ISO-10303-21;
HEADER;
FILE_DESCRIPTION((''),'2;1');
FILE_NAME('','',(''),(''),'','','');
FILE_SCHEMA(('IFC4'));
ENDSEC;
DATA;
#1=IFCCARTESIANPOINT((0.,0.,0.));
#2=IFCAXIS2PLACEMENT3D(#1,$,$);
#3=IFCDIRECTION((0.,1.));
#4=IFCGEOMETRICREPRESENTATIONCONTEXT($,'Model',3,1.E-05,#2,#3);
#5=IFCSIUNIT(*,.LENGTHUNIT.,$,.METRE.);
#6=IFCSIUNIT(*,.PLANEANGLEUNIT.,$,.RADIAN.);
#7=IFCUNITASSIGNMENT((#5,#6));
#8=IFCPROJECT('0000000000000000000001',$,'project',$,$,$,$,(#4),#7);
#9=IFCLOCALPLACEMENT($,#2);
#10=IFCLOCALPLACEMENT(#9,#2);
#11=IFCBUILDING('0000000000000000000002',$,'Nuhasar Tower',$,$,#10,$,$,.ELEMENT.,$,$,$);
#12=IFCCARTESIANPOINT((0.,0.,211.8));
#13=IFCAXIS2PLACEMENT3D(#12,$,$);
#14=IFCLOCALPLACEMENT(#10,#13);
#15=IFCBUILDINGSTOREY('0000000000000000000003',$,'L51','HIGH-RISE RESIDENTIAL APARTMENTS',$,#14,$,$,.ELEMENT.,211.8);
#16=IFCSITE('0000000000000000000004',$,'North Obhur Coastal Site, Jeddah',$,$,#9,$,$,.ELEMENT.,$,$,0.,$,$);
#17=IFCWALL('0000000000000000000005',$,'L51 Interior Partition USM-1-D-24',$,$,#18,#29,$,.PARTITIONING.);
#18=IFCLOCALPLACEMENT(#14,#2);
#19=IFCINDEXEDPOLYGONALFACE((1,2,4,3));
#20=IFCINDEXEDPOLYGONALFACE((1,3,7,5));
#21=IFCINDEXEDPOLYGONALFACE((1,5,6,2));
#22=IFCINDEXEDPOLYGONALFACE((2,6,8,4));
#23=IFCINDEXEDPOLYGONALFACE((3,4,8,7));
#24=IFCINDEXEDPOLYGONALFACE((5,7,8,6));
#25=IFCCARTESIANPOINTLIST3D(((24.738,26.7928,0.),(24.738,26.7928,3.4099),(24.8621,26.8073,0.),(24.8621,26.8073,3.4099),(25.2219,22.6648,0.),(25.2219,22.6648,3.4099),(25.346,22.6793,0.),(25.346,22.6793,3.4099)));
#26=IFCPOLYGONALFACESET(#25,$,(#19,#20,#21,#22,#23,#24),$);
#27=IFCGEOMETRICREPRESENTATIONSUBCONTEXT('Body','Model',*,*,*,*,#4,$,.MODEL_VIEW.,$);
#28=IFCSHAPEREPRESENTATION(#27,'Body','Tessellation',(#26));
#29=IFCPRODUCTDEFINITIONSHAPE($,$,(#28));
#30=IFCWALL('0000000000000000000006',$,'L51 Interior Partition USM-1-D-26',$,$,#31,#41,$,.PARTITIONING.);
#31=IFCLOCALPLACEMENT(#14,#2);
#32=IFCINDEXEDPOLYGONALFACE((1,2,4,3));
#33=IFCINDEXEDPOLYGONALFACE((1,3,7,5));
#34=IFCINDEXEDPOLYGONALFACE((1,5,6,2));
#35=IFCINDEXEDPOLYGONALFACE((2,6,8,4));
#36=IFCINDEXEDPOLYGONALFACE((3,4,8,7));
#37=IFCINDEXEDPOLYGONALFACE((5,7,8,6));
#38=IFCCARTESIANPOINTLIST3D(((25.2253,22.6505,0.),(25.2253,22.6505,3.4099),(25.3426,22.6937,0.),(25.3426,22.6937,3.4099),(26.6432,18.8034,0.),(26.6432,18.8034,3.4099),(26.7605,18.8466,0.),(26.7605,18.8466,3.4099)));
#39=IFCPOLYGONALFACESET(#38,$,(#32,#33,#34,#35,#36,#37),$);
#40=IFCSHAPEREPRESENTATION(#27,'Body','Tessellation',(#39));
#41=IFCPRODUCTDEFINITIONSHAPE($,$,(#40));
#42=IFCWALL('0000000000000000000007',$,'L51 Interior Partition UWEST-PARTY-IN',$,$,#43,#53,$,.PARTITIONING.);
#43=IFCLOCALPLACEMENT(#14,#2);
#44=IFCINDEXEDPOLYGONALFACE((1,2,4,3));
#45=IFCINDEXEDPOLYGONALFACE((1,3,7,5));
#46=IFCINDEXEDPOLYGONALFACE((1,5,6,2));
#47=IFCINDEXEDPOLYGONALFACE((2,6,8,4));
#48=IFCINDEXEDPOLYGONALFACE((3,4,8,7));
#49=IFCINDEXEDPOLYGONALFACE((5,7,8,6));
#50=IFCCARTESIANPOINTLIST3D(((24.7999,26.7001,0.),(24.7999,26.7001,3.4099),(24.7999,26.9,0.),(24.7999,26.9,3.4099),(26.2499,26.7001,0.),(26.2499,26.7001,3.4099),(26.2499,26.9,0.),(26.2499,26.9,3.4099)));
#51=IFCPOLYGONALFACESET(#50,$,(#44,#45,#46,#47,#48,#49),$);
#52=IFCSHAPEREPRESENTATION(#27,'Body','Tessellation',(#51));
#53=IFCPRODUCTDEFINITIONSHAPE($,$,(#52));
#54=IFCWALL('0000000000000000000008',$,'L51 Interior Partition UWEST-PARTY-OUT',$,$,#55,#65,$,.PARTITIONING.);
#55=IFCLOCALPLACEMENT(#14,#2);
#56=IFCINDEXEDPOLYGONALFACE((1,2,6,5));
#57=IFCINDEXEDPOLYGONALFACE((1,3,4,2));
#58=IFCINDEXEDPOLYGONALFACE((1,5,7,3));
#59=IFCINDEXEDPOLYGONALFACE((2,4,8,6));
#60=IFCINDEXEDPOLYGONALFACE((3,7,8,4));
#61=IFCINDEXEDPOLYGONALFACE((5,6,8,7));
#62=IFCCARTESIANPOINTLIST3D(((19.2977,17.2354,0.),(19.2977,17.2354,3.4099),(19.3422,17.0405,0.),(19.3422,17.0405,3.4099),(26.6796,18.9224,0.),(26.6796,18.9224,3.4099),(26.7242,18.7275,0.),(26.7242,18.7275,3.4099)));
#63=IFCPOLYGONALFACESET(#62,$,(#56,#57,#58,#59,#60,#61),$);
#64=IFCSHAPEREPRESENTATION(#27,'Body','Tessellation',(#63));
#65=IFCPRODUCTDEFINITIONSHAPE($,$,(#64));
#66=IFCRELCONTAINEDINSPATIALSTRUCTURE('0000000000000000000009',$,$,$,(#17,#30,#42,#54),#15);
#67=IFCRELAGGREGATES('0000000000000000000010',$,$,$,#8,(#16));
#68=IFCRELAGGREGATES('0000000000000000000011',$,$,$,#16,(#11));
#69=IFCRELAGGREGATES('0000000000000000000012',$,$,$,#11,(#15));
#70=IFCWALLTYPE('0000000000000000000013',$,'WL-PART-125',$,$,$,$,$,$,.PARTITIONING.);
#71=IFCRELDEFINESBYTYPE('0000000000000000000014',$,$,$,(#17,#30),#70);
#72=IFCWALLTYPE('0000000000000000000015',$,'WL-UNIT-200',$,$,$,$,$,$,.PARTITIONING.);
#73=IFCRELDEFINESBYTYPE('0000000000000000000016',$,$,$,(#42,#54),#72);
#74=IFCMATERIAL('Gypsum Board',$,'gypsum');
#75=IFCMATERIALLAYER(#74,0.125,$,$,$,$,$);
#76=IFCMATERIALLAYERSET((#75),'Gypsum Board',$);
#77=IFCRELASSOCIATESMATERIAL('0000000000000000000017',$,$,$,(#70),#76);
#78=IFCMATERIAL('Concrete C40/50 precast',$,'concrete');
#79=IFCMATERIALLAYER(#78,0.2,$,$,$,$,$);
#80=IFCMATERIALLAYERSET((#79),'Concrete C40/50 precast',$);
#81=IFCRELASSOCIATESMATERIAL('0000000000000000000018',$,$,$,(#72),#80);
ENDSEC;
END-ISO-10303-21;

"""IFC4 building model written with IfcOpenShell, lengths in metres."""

from ifc_helpers import new_model, si_unit, direction, frame, frame_2d, origin, place, context, subcontext, project, spatial, rectangle, extrude, material, layer, layer_set, type_object, element, save


model = new_model("IFC4")

# Units and contexts
model_context = context("Model", 3, precision=1e-05, world=origin(), true_north=direction((0.0, 1.0)))
body_context = subcontext(model_context, "Body", "Model", "MODEL_VIEW")
ifc_project = project(units=[si_unit("LENGTHUNIT", "METRE"), si_unit("PLANEANGLEUNIT", "RADIAN")], contexts=[model_context])

# Site, building, storey
site_placement = place(None, origin())
site = spatial("IfcSite", under=ifc_project, at=site_placement, Name="North Obhur Coastal Site, Jeddah", CompositionType="ELEMENT", RefElevation=0.0)
building_placement = place(site_placement, origin())
building = spatial("IfcBuilding", under=site, at=building_placement, Name="Nuhasar Tower", CompositionType="ELEMENT")
storey_placement = place(building_placement, frame((0.0, 0.0, 211.8)))
storey = spatial("IfcBuildingStorey", under=building, at=storey_placement, Name="L51", Description="HIGH-RISE RESIDENTIAL APARTMENTS", CompositionType="ELEMENT", Elevation=211.8)

# Shared definitions
ifc_material_1 = material(Name="Gypsum Board", Category="gypsum")

# Walls
ifc_layer_1 = layer(ifc_material_1, 0.125)
ifc_layer_set_1 = layer_set([ifc_layer_1], Name="Gypsum Board")
wall_type_1 = type_object("IfcWallType", Name="WL-PART-125", PredefinedType="PARTITIONING", material=ifc_layer_set_1)
wall_1_placement = place(storey_placement, frame((24.8, 26.8, 0.0), z_axis=(0.0, 0.0, 1.0), x_axis=(0.116425, -0.993199, 0.0)))
element("IfcWall", 1, at=wall_1_placement, inside=storey, type_object=wall_type_1, Name="L51 Interior Partition USM-1-D-24", PredefinedType="PARTITIONING", context=body_context, shape_type="SweptSolid", body=[
    extrude(rectangle(XDim=4.1562, YDim=0.125, at=frame_2d((2.0781, 0.0))), origin(), (0.0, 0.0, 1.0), 3.4099),
])
wall_2_placement = place(storey_placement, frame((25.2839, 22.6721, 0.0), z_axis=(0.0, 0.0, 1.0), x_axis=(0.345832, -0.938296, 0.0)))
element("IfcWall", 2, at=wall_2_placement, inside=storey, type_object=wall_type_1, Name="L51 Interior Partition USM-1-D-26", PredefinedType="PARTITIONING", context=body_context, shape_type="SweptSolid", body=[
    extrude(rectangle(XDim=4.1001, YDim=0.125, at=frame_2d((2.05, 0.0))), origin(), (0.0, 0.0, 1.0), 3.4099),
])
ifc_material_2 = material(Name="Concrete C40/50 precast", Category="concrete")
ifc_layer_2 = layer(ifc_material_2, 0.2)
ifc_layer_set_2 = layer_set([ifc_layer_2], Name="Concrete C40/50 precast")
wall_type_2 = type_object("IfcWallType", Name="WL-UNIT-200", PredefinedType="PARTITIONING", material=ifc_layer_set_2)
wall_3_placement = place(storey_placement, frame((26.25, 26.8, 0.0), z_axis=(0.0, 0.0, 1.0), x_axis=(-1.0, 0.0, 0.0)))
element("IfcWall", 3, at=wall_3_placement, inside=storey, type_object=wall_type_2, Name="L51 Interior Partition UWEST-PARTY-IN", PredefinedType="PARTITIONING", context=body_context, shape_type="SweptSolid", body=[
    extrude(rectangle(XDim=1.45, YDim=0.2, at=frame_2d((0.7251, 0.0))), origin(), (0.0, 0.0, 1.0), 3.4099),
])
wall_4_placement = place(storey_placement, frame((26.7019, 18.825, 0.0), z_axis=(0.0, 0.0, 1.0), x_axis=(-0.974866, -0.222792, 0.0)))
element("IfcWall", 4, at=wall_4_placement, inside=storey, type_object=wall_type_2, Name="L51 Interior Partition UWEST-PARTY-OUT", PredefinedType="PARTITIONING", context=body_context, shape_type="SweptSolid", body=[
    extrude(rectangle(XDim=7.5723, YDim=0.2, at=frame_2d((3.7861, 0.0))), origin(), (0.0, 0.0, 1.0), 3.4099),
])

save(model, "model.ifc")
